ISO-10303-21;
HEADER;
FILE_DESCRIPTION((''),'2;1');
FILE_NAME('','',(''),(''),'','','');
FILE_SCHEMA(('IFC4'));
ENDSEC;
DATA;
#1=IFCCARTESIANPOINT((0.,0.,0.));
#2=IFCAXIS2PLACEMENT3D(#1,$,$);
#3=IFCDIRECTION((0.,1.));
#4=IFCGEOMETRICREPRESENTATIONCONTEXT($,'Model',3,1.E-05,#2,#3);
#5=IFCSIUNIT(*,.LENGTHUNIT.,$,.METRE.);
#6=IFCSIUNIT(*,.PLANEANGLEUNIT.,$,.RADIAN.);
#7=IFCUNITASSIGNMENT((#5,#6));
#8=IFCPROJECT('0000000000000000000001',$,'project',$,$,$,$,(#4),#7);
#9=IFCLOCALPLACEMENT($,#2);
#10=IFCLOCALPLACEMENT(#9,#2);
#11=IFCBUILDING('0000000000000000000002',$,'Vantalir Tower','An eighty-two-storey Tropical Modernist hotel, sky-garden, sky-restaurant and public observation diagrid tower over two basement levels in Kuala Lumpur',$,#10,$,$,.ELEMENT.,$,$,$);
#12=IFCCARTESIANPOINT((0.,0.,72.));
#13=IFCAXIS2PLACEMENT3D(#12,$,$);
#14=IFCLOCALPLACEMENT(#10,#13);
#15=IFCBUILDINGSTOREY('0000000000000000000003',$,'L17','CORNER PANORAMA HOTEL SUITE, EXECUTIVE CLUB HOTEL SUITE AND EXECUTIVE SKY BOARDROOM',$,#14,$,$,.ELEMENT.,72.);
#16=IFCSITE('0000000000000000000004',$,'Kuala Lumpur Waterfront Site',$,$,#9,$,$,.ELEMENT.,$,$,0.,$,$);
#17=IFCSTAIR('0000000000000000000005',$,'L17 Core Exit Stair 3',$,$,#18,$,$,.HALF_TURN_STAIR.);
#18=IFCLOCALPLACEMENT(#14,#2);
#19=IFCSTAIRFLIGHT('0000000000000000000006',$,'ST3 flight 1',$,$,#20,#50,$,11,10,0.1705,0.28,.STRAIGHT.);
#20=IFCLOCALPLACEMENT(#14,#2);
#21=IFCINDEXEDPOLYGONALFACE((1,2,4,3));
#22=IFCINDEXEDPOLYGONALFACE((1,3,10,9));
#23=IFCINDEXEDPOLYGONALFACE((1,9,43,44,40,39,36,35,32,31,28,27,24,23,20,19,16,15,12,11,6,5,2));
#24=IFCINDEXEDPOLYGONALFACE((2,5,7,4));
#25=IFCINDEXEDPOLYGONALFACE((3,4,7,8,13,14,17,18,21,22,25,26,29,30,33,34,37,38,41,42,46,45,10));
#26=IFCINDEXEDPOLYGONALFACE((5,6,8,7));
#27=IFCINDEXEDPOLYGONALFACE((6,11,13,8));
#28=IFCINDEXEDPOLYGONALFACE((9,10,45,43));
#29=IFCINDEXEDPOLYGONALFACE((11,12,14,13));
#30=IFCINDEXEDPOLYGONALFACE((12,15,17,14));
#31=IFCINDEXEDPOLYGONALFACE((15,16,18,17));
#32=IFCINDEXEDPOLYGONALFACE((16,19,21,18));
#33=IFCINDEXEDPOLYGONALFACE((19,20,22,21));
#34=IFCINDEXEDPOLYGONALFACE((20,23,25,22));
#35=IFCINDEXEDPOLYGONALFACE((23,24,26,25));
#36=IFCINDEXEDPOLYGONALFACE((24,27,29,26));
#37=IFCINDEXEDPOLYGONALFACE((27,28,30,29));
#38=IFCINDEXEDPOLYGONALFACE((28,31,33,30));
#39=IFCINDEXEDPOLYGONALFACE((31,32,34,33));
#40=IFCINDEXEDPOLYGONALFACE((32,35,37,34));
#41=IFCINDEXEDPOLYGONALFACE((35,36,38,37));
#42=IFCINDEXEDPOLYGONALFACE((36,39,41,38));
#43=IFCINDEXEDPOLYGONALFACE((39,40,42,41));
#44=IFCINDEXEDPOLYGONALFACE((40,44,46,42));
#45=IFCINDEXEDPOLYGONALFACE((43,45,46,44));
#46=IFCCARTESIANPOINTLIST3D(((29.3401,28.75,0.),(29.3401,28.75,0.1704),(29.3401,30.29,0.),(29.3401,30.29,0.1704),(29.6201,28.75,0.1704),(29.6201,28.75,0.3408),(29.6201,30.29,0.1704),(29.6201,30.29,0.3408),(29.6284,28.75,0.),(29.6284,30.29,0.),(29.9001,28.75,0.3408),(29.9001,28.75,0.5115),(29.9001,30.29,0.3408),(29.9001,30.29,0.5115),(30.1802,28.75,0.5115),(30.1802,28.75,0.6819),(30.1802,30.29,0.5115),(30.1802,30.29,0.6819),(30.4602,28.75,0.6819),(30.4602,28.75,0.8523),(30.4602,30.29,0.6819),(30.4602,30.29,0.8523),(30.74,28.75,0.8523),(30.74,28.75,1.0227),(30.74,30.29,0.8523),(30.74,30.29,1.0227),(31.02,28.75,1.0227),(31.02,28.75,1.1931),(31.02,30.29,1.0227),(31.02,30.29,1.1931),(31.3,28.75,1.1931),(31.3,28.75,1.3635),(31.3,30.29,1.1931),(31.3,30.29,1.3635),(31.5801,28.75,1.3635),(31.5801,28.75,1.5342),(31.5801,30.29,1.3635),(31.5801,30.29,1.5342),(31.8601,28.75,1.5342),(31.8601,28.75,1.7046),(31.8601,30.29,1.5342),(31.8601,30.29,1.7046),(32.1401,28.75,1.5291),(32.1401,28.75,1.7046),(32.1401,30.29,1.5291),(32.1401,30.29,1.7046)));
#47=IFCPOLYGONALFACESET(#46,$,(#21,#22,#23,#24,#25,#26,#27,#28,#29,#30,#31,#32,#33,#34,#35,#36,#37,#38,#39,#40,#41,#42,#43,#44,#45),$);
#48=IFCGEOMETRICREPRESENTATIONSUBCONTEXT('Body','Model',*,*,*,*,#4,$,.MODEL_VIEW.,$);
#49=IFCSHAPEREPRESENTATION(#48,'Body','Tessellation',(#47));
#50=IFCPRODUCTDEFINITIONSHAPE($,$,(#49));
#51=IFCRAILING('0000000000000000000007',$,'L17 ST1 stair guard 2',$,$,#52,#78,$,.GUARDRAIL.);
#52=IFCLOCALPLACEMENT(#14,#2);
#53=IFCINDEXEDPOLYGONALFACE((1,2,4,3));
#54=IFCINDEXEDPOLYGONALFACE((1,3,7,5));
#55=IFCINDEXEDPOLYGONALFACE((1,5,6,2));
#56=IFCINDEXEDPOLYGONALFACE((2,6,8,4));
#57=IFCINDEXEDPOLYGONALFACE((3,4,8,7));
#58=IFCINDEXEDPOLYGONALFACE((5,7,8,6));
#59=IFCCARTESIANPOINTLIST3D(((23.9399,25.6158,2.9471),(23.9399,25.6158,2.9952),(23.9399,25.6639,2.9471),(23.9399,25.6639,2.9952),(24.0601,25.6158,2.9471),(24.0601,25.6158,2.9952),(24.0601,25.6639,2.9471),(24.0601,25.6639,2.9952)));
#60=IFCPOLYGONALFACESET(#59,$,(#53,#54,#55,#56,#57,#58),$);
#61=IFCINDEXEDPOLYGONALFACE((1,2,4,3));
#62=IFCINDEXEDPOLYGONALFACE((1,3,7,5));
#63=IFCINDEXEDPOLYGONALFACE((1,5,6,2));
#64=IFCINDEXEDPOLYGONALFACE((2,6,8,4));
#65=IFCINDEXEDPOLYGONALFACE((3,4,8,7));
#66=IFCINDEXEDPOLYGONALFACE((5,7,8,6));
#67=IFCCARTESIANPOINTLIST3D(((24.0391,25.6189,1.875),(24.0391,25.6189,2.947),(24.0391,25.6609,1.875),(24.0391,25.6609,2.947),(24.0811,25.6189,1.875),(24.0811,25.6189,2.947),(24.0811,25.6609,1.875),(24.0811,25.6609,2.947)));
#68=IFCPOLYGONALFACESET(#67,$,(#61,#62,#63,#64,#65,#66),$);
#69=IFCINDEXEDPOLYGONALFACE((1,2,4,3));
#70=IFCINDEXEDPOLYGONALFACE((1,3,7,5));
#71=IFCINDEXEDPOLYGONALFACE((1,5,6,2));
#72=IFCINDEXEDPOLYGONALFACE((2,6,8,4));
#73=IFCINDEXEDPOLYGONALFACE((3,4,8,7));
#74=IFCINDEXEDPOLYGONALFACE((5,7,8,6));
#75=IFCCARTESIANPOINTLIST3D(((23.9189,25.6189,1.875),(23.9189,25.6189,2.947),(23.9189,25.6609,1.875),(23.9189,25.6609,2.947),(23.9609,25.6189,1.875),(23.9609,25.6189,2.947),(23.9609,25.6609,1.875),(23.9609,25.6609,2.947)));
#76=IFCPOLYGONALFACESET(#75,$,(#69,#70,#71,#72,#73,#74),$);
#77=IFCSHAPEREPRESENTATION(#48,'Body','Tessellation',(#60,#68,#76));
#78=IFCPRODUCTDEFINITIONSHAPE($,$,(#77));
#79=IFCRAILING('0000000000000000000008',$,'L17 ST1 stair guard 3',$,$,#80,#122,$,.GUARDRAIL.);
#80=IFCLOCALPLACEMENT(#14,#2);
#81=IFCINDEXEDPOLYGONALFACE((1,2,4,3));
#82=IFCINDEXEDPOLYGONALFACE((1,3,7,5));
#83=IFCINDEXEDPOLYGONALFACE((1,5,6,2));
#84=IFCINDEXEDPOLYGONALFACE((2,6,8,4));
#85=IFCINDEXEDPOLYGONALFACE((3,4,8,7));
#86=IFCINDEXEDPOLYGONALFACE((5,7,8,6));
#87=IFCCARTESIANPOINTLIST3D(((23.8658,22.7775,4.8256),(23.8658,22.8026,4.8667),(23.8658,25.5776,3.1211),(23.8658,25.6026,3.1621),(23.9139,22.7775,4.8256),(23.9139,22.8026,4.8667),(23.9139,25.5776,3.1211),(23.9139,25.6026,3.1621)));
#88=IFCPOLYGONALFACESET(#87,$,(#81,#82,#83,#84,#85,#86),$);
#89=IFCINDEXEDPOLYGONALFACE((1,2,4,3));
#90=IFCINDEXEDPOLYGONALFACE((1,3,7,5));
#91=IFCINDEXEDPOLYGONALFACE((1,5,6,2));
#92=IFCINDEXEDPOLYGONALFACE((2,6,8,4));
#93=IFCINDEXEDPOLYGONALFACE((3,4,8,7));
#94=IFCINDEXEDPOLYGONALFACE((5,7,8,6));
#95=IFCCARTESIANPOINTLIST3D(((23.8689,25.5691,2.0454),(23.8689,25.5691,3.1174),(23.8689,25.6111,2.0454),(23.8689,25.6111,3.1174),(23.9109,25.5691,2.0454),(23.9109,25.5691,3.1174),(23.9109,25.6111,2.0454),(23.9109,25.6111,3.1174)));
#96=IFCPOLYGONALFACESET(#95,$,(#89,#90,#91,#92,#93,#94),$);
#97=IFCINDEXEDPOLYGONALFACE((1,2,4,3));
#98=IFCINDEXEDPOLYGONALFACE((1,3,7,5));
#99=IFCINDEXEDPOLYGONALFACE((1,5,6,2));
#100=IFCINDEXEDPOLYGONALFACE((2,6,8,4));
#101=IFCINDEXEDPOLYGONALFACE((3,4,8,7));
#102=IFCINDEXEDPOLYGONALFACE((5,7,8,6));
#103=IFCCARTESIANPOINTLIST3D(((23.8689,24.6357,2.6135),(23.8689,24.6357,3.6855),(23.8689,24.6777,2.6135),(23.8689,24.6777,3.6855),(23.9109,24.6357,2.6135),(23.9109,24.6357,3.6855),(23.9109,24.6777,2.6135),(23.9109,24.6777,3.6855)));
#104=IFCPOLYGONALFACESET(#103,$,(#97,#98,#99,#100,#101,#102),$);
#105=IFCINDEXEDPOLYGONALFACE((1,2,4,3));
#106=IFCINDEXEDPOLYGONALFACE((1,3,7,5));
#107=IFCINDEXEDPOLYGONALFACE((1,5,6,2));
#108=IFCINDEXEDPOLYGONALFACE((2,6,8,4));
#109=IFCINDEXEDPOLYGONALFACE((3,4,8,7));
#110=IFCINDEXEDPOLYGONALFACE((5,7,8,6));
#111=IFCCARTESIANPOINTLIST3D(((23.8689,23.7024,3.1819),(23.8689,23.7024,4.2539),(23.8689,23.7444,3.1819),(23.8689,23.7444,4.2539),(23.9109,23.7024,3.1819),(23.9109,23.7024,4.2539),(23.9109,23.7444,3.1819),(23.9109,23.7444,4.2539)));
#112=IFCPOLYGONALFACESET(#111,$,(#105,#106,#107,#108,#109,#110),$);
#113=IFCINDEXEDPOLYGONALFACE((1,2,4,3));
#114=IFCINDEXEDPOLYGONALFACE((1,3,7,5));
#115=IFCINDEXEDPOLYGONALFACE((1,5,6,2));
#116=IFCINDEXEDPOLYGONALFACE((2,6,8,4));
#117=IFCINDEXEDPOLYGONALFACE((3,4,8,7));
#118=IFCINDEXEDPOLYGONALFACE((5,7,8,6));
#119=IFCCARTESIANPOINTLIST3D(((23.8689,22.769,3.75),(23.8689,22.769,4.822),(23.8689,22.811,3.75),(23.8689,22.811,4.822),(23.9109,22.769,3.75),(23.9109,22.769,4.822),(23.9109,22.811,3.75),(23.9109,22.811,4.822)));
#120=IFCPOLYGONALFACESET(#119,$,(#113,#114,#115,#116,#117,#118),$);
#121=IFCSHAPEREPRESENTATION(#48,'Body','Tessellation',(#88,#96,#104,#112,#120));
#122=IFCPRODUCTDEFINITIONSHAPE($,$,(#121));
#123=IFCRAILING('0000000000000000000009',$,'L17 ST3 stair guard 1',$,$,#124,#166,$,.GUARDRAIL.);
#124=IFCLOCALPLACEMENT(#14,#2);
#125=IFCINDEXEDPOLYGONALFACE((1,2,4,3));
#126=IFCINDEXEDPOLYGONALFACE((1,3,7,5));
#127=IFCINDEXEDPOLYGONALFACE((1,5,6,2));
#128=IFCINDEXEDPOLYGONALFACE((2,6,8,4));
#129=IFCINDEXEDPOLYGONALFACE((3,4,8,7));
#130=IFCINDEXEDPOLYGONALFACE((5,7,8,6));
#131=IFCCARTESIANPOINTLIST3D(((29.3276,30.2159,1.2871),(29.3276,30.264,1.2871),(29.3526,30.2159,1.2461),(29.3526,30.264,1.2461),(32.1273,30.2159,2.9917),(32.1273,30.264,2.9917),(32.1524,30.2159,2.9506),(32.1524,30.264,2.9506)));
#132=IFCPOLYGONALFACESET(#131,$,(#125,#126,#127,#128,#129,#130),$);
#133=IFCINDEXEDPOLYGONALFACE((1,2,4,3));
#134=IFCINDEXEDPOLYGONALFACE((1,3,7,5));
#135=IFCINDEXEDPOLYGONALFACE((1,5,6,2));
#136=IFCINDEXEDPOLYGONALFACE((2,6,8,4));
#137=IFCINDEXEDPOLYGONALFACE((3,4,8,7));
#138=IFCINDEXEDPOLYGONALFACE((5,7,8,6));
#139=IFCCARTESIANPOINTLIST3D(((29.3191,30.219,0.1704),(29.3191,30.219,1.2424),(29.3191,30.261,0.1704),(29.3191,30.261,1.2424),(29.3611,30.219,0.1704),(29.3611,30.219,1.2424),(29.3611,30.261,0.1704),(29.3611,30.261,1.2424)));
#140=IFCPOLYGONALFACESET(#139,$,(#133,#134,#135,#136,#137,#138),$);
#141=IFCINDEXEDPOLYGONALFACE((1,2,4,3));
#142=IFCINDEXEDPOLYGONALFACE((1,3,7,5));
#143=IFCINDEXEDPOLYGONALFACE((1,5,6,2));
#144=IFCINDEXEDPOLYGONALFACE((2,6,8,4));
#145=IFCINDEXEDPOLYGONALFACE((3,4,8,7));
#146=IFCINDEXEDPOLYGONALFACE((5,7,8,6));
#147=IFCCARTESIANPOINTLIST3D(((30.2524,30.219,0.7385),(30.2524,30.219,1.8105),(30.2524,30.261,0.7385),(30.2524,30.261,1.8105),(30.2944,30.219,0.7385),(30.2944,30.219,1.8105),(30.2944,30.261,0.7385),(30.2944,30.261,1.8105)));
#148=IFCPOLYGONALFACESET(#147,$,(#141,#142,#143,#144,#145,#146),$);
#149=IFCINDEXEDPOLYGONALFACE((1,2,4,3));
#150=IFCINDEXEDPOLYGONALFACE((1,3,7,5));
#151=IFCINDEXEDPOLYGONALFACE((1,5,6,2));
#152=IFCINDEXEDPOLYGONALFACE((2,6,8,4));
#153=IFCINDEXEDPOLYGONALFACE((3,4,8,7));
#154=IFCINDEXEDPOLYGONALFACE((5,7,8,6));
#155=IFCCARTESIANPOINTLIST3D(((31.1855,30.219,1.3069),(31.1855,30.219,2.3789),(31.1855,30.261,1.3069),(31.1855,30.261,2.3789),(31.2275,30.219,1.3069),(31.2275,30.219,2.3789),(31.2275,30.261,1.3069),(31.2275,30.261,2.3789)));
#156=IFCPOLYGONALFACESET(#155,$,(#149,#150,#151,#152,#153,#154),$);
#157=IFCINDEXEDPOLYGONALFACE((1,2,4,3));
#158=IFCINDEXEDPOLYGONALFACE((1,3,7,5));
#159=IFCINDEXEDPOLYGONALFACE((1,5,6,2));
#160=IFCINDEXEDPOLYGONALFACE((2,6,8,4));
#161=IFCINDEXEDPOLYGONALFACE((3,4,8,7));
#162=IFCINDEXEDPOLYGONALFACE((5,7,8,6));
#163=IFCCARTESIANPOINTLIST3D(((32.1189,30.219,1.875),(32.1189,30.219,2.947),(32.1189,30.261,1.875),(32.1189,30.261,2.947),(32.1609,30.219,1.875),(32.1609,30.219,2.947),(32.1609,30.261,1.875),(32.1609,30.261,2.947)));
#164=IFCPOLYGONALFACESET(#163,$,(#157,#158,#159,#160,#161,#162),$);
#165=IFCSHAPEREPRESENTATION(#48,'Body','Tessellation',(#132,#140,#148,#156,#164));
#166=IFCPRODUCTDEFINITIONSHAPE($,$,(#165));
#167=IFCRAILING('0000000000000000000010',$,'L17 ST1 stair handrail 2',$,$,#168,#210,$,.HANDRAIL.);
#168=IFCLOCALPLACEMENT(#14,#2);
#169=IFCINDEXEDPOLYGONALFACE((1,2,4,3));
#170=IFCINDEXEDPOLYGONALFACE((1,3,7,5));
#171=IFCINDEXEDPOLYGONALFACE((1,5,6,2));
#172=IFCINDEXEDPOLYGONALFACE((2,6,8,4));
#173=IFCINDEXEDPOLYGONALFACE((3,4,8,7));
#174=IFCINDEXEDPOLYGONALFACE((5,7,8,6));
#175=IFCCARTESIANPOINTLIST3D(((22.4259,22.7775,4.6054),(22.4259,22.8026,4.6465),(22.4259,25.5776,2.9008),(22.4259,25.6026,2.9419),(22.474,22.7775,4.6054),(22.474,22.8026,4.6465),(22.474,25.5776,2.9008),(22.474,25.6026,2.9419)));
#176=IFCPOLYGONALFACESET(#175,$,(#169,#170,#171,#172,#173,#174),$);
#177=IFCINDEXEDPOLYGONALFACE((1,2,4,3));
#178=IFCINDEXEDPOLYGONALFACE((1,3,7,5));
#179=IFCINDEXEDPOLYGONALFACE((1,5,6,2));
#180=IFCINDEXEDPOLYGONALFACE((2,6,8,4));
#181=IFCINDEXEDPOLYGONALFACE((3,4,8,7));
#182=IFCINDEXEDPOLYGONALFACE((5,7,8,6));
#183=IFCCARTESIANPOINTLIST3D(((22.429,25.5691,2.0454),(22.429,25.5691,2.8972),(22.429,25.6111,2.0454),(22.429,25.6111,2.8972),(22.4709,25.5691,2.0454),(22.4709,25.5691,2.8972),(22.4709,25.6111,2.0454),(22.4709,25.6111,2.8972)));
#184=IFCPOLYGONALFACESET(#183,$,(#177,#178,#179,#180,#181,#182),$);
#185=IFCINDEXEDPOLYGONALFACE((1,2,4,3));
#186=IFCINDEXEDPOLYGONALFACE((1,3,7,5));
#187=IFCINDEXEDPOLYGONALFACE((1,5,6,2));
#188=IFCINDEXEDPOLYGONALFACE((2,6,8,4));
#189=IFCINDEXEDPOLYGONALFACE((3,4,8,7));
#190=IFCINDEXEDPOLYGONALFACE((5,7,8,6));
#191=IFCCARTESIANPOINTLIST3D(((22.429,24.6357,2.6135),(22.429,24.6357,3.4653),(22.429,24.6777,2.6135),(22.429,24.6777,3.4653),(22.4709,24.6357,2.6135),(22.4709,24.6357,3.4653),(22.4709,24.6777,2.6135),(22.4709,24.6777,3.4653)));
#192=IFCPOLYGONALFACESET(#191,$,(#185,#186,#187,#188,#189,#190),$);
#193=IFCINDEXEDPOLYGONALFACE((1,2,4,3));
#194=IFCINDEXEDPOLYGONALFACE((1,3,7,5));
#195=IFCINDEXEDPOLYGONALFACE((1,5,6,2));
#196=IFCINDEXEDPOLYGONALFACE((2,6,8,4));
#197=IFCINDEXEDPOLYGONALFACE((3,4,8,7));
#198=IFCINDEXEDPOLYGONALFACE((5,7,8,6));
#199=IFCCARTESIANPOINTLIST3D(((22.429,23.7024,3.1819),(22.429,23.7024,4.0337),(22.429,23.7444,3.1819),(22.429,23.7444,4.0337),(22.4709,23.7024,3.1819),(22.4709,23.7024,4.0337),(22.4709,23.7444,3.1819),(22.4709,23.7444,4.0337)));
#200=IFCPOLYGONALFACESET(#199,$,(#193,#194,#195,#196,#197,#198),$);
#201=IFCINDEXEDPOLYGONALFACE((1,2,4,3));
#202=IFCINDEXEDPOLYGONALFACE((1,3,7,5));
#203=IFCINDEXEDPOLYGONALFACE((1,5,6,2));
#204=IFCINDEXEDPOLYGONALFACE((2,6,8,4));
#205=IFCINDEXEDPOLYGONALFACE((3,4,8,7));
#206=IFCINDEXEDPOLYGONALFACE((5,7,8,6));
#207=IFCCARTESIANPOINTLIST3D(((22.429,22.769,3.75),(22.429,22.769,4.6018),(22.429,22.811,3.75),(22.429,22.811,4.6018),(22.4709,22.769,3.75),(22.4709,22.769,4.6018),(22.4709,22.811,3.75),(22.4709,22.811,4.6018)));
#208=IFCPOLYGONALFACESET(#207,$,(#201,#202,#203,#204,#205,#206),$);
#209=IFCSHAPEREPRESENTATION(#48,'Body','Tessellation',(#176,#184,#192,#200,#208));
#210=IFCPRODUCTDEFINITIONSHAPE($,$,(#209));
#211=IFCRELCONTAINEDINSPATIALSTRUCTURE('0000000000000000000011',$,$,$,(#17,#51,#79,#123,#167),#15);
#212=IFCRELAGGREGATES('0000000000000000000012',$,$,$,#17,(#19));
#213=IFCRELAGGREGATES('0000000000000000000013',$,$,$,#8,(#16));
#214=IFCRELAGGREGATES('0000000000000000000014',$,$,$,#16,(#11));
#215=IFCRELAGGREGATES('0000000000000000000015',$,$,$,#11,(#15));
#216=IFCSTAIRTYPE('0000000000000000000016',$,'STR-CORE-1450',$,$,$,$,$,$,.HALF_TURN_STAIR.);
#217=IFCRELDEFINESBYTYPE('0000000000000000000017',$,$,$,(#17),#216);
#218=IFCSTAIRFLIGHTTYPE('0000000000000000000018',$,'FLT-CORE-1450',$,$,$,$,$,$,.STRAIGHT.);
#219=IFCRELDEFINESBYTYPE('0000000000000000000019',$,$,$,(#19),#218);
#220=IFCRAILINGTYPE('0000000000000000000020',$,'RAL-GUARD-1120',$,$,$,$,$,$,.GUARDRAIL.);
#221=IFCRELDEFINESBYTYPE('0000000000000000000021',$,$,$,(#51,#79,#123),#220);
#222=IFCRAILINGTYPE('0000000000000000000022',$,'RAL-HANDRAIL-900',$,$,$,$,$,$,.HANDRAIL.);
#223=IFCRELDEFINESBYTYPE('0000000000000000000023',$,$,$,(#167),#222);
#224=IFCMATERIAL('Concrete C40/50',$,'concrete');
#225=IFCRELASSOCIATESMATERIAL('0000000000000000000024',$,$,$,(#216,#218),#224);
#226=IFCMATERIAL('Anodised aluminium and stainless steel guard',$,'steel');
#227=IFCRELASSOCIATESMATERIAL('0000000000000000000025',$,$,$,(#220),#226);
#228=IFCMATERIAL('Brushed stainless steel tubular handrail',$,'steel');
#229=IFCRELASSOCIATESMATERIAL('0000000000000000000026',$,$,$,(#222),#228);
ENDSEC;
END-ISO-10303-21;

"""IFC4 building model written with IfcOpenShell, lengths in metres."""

from ifc_helpers import new_model, si_unit, direction, frame, origin, origin_2d, place, context, subcontext, project, spatial, polyline, rectangle, outline, extrude, material, type_object, element, aggregate, save


model = new_model("IFC4")

# Units and contexts
model_context = context("Model", 3, precision=1e-05, world=origin(), true_north=direction((0.0, 1.0)))
body_context = subcontext(model_context, "Body", "Model", "MODEL_VIEW")
ifc_project = project(units=[si_unit("LENGTHUNIT", "METRE"), si_unit("PLANEANGLEUNIT", "RADIAN")], contexts=[model_context])

# Site, building, storey
site_placement = place(None, origin())
site = spatial("IfcSite", under=ifc_project, at=site_placement, Name="Kuala Lumpur Waterfront Site", CompositionType="ELEMENT", RefElevation=0.0)
building_placement = place(site_placement, origin())
building = spatial("IfcBuilding", under=site, at=building_placement, Name="Vantalir Tower", Description="An eighty-two-storey Tropical Modernist hotel, sky-garden, sky-restaurant and public observation diagrid tower over two basement levels in Kuala Lumpur", CompositionType="ELEMENT")
storey_placement = place(building_placement, frame((0.0, 0.0, 72.0)))
storey = spatial("IfcBuildingStorey", under=building, at=storey_placement, Name="L17", Description="CORNER PANORAMA HOTEL SUITE, EXECUTIVE CLUB HOTEL SUITE AND EXECUTIVE SKY BOARDROOM", CompositionType="ELEMENT", Elevation=72.0)

# Stair, stair flight
ifc_material_1 = material(Name="Concrete C40/50", Category="concrete")
stair_type = type_object("IfcStairType", Name="STR-CORE-1450", PredefinedType="HALF_TURN_STAIR", material=ifc_material_1)
stair_flight_type = type_object("IfcStairFlightType", Name="FLT-CORE-1450", PredefinedType="STRAIGHT", material=ifc_material_1)
stair_1_placement = place(storey_placement, origin())
stair_1 = element("IfcStair", 1, at=stair_1_placement, inside=storey, type_object=stair_type, Name="L17 Core Exit Stair 3", PredefinedType="HALF_TURN_STAIR")
stair_flight_1_placement = place(storey_placement, frame((29.3401, 29.52, 0.0), z_axis=(0.0, 0.0, 1.0), x_axis=(1.0, 0.0, 0.0)))
stair_flight_1 = element("IfcStairFlight", 2, at=stair_flight_1_placement, type_object=stair_flight_type, Name="ST3 flight 1", NumberOfRisers=11, NumberOfTreads=10, PredefinedType="STRAIGHT", RiserHeight=0.1705, TreadLength=0.28, context=body_context, shape_type="SweptSolid", body=[
    extrude(outline(polyline([(0.0, 0.0), (0.0, 0.1704), (0.28, 0.1704), (0.28, 0.3408), (0.5601, 0.3408), (0.5601, 0.5115), (0.8401, 0.5115), (0.8401, 0.6819), (1.1201, 0.6819), (1.1201, 0.8523), (1.3999, 0.8523), (1.3999, 1.0227), (1.6799, 1.0227), (1.6799, 1.1931), (1.96, 1.1931), (1.96, 1.3635), (2.24, 1.3635), (2.24, 1.5342), (2.52, 1.5342), (2.52, 1.7046), (2.8, 1.7046), (2.8, 1.875), (2.8, 1.5291), (0.2883, 0.0), (0.0, 0.0)])), frame((0.0, 0.77, 0.0), z_axis=(0.0, -1.0, 0.0), x_axis=(1.0, 0.0, 0.0)), (0.0, 0.0, 1.0), 1.54),
])
aggregate(stair_1, [stair_flight_1])

# Railings
ifc_material_2 = material(Name="Anodised aluminium and stainless steel guard", Category="steel")
railing_type_1 = type_object("IfcRailingType", Name="RAL-GUARD-1120", PredefinedType="GUARDRAIL", material=ifc_material_2)
railing_1_placement = place(storey_placement, frame((24.0601, 25.6399, 1.875)))
element("IfcRailing", 3, at=railing_1_placement, inside=storey, type_object=railing_type_1, Name="L17 ST1 stair guard 2", PredefinedType="GUARDRAIL", context=body_context, shape_type="SweptSolid", body=[
    extrude(rectangle(XDim=0.0481, YDim=0.0481, at=origin_2d()), frame((0.0, 0.0, 1.0962), z_axis=(-1.0, 0.0, 0.0), x_axis=(0.0, -1.0, 0.0)), (0.0, 0.0, 1.0), 0.1201),
    extrude(rectangle(XDim=0.042, YDim=0.042, at=origin_2d()), origin(), (0.0, 0.0, 1.0), 1.072),
    extrude(rectangle(XDim=0.042, YDim=0.042, at=origin_2d()), frame((-0.1201, 0.0, 0.0)), (0.0, 0.0, 1.0), 1.072),
])
railing_2_placement = place(storey_placement, frame((23.8899, 25.5901, 2.0454)))
element("IfcRailing", 4, at=railing_2_placement, inside=storey, type_object=railing_type_1, Name="L17 ST1 stair guard 3", PredefinedType="GUARDRAIL", context=body_context, shape_type="SweptSolid", body=[
    extrude(rectangle(XDim=0.0481, YDim=0.0481, at=origin_2d()), frame((0.0, 0.0, 1.0962), z_axis=(0.0, -0.85417, 0.519994), x_axis=(1.0, 0.0, 0.0)), (0.0, 0.0, 1.0), 3.2781),
    extrude(rectangle(XDim=0.042, YDim=0.042, at=origin_2d()), origin(), (0.0, 0.0, 1.0), 1.072),
    extrude(rectangle(XDim=0.042, YDim=0.042, at=origin_2d()), frame((0.0, -0.9333, 0.5681)), (0.0, 0.0, 1.0), 1.072),
    extrude(rectangle(XDim=0.042, YDim=0.042, at=origin_2d()), frame((0.0, -1.8667, 1.1365)), (0.0, 0.0, 1.0), 1.072),
    extrude(rectangle(XDim=0.042, YDim=0.042, at=origin_2d()), frame((0.0, -2.8, 1.7046)), (0.0, 0.0, 1.0), 1.072),
])
railing_3_placement = place(storey_placement, frame((29.3401, 30.24, 0.1704)))
element("IfcRailing", 5, at=railing_3_placement, inside=storey, type_object=railing_type_1, Name="L17 ST3 stair guard 1", PredefinedType="GUARDRAIL", context=body_context, shape_type="SweptSolid", body=[
    extrude(rectangle(XDim=0.0481, YDim=0.0481, at=origin_2d()), frame((0.0, 0.0, 1.0962), z_axis=(0.85415, 0.0, 0.520027), x_axis=(0.0, 1.0, 0.0)), (0.0, 0.0, 1.0), 3.2778),
    extrude(rectangle(XDim=0.042, YDim=0.042, at=origin_2d()), origin(), (0.0, 0.0, 1.0), 1.072),
    extrude(rectangle(XDim=0.042, YDim=0.042, at=origin_2d()), frame((0.9333, 0.0, 0.5681)), (0.0, 0.0, 1.0), 1.072),
    extrude(rectangle(XDim=0.042, YDim=0.042, at=origin_2d()), frame((1.8665, 0.0, 1.1365)), (0.0, 0.0, 1.0), 1.072),
    extrude(rectangle(XDim=0.042, YDim=0.042, at=origin_2d()), frame((2.7998, 0.0, 1.7046)), (0.0, 0.0, 1.0), 1.072),
])
ifc_material_3 = material(Name="Brushed stainless steel tubular handrail", Category="steel")
railing_type_2 = type_object("IfcRailingType", Name="RAL-HANDRAIL-900", PredefinedType="HANDRAIL", material=ifc_material_3)
railing_4_placement = place(storey_placement, frame((22.45, 25.5901, 2.0454)))
element("IfcRailing", 6, at=railing_4_placement, inside=storey, type_object=railing_type_2, Name="L17 ST1 stair handrail 2", PredefinedType="HANDRAIL", context=body_context, shape_type="SweptSolid", body=[
    extrude(rectangle(XDim=0.0481, YDim=0.0481, at=origin_2d()), frame((0.0, 0.0, 0.876), z_axis=(0.0, -0.85417, 0.519994), x_axis=(1.0, 0.0, 0.0)), (0.0, 0.0, 1.0), 3.2781),
    extrude(rectangle(XDim=0.042, YDim=0.042, at=origin_2d()), origin(), (0.0, 0.0, 1.0), 0.8518),
    extrude(rectangle(XDim=0.042, YDim=0.042, at=origin_2d()), frame((0.0, -0.9333, 0.5681)), (0.0, 0.0, 1.0), 0.8518),
    extrude(rectangle(XDim=0.042, YDim=0.042, at=origin_2d()), frame((0.0, -1.8667, 1.1365)), (0.0, 0.0, 1.0), 0.8518),
    extrude(rectangle(XDim=0.042, YDim=0.042, at=origin_2d()), frame((0.0, -2.8, 1.7046)), (0.0, 0.0, 1.0), 0.8518),
])

save(model, "model.ifc")
